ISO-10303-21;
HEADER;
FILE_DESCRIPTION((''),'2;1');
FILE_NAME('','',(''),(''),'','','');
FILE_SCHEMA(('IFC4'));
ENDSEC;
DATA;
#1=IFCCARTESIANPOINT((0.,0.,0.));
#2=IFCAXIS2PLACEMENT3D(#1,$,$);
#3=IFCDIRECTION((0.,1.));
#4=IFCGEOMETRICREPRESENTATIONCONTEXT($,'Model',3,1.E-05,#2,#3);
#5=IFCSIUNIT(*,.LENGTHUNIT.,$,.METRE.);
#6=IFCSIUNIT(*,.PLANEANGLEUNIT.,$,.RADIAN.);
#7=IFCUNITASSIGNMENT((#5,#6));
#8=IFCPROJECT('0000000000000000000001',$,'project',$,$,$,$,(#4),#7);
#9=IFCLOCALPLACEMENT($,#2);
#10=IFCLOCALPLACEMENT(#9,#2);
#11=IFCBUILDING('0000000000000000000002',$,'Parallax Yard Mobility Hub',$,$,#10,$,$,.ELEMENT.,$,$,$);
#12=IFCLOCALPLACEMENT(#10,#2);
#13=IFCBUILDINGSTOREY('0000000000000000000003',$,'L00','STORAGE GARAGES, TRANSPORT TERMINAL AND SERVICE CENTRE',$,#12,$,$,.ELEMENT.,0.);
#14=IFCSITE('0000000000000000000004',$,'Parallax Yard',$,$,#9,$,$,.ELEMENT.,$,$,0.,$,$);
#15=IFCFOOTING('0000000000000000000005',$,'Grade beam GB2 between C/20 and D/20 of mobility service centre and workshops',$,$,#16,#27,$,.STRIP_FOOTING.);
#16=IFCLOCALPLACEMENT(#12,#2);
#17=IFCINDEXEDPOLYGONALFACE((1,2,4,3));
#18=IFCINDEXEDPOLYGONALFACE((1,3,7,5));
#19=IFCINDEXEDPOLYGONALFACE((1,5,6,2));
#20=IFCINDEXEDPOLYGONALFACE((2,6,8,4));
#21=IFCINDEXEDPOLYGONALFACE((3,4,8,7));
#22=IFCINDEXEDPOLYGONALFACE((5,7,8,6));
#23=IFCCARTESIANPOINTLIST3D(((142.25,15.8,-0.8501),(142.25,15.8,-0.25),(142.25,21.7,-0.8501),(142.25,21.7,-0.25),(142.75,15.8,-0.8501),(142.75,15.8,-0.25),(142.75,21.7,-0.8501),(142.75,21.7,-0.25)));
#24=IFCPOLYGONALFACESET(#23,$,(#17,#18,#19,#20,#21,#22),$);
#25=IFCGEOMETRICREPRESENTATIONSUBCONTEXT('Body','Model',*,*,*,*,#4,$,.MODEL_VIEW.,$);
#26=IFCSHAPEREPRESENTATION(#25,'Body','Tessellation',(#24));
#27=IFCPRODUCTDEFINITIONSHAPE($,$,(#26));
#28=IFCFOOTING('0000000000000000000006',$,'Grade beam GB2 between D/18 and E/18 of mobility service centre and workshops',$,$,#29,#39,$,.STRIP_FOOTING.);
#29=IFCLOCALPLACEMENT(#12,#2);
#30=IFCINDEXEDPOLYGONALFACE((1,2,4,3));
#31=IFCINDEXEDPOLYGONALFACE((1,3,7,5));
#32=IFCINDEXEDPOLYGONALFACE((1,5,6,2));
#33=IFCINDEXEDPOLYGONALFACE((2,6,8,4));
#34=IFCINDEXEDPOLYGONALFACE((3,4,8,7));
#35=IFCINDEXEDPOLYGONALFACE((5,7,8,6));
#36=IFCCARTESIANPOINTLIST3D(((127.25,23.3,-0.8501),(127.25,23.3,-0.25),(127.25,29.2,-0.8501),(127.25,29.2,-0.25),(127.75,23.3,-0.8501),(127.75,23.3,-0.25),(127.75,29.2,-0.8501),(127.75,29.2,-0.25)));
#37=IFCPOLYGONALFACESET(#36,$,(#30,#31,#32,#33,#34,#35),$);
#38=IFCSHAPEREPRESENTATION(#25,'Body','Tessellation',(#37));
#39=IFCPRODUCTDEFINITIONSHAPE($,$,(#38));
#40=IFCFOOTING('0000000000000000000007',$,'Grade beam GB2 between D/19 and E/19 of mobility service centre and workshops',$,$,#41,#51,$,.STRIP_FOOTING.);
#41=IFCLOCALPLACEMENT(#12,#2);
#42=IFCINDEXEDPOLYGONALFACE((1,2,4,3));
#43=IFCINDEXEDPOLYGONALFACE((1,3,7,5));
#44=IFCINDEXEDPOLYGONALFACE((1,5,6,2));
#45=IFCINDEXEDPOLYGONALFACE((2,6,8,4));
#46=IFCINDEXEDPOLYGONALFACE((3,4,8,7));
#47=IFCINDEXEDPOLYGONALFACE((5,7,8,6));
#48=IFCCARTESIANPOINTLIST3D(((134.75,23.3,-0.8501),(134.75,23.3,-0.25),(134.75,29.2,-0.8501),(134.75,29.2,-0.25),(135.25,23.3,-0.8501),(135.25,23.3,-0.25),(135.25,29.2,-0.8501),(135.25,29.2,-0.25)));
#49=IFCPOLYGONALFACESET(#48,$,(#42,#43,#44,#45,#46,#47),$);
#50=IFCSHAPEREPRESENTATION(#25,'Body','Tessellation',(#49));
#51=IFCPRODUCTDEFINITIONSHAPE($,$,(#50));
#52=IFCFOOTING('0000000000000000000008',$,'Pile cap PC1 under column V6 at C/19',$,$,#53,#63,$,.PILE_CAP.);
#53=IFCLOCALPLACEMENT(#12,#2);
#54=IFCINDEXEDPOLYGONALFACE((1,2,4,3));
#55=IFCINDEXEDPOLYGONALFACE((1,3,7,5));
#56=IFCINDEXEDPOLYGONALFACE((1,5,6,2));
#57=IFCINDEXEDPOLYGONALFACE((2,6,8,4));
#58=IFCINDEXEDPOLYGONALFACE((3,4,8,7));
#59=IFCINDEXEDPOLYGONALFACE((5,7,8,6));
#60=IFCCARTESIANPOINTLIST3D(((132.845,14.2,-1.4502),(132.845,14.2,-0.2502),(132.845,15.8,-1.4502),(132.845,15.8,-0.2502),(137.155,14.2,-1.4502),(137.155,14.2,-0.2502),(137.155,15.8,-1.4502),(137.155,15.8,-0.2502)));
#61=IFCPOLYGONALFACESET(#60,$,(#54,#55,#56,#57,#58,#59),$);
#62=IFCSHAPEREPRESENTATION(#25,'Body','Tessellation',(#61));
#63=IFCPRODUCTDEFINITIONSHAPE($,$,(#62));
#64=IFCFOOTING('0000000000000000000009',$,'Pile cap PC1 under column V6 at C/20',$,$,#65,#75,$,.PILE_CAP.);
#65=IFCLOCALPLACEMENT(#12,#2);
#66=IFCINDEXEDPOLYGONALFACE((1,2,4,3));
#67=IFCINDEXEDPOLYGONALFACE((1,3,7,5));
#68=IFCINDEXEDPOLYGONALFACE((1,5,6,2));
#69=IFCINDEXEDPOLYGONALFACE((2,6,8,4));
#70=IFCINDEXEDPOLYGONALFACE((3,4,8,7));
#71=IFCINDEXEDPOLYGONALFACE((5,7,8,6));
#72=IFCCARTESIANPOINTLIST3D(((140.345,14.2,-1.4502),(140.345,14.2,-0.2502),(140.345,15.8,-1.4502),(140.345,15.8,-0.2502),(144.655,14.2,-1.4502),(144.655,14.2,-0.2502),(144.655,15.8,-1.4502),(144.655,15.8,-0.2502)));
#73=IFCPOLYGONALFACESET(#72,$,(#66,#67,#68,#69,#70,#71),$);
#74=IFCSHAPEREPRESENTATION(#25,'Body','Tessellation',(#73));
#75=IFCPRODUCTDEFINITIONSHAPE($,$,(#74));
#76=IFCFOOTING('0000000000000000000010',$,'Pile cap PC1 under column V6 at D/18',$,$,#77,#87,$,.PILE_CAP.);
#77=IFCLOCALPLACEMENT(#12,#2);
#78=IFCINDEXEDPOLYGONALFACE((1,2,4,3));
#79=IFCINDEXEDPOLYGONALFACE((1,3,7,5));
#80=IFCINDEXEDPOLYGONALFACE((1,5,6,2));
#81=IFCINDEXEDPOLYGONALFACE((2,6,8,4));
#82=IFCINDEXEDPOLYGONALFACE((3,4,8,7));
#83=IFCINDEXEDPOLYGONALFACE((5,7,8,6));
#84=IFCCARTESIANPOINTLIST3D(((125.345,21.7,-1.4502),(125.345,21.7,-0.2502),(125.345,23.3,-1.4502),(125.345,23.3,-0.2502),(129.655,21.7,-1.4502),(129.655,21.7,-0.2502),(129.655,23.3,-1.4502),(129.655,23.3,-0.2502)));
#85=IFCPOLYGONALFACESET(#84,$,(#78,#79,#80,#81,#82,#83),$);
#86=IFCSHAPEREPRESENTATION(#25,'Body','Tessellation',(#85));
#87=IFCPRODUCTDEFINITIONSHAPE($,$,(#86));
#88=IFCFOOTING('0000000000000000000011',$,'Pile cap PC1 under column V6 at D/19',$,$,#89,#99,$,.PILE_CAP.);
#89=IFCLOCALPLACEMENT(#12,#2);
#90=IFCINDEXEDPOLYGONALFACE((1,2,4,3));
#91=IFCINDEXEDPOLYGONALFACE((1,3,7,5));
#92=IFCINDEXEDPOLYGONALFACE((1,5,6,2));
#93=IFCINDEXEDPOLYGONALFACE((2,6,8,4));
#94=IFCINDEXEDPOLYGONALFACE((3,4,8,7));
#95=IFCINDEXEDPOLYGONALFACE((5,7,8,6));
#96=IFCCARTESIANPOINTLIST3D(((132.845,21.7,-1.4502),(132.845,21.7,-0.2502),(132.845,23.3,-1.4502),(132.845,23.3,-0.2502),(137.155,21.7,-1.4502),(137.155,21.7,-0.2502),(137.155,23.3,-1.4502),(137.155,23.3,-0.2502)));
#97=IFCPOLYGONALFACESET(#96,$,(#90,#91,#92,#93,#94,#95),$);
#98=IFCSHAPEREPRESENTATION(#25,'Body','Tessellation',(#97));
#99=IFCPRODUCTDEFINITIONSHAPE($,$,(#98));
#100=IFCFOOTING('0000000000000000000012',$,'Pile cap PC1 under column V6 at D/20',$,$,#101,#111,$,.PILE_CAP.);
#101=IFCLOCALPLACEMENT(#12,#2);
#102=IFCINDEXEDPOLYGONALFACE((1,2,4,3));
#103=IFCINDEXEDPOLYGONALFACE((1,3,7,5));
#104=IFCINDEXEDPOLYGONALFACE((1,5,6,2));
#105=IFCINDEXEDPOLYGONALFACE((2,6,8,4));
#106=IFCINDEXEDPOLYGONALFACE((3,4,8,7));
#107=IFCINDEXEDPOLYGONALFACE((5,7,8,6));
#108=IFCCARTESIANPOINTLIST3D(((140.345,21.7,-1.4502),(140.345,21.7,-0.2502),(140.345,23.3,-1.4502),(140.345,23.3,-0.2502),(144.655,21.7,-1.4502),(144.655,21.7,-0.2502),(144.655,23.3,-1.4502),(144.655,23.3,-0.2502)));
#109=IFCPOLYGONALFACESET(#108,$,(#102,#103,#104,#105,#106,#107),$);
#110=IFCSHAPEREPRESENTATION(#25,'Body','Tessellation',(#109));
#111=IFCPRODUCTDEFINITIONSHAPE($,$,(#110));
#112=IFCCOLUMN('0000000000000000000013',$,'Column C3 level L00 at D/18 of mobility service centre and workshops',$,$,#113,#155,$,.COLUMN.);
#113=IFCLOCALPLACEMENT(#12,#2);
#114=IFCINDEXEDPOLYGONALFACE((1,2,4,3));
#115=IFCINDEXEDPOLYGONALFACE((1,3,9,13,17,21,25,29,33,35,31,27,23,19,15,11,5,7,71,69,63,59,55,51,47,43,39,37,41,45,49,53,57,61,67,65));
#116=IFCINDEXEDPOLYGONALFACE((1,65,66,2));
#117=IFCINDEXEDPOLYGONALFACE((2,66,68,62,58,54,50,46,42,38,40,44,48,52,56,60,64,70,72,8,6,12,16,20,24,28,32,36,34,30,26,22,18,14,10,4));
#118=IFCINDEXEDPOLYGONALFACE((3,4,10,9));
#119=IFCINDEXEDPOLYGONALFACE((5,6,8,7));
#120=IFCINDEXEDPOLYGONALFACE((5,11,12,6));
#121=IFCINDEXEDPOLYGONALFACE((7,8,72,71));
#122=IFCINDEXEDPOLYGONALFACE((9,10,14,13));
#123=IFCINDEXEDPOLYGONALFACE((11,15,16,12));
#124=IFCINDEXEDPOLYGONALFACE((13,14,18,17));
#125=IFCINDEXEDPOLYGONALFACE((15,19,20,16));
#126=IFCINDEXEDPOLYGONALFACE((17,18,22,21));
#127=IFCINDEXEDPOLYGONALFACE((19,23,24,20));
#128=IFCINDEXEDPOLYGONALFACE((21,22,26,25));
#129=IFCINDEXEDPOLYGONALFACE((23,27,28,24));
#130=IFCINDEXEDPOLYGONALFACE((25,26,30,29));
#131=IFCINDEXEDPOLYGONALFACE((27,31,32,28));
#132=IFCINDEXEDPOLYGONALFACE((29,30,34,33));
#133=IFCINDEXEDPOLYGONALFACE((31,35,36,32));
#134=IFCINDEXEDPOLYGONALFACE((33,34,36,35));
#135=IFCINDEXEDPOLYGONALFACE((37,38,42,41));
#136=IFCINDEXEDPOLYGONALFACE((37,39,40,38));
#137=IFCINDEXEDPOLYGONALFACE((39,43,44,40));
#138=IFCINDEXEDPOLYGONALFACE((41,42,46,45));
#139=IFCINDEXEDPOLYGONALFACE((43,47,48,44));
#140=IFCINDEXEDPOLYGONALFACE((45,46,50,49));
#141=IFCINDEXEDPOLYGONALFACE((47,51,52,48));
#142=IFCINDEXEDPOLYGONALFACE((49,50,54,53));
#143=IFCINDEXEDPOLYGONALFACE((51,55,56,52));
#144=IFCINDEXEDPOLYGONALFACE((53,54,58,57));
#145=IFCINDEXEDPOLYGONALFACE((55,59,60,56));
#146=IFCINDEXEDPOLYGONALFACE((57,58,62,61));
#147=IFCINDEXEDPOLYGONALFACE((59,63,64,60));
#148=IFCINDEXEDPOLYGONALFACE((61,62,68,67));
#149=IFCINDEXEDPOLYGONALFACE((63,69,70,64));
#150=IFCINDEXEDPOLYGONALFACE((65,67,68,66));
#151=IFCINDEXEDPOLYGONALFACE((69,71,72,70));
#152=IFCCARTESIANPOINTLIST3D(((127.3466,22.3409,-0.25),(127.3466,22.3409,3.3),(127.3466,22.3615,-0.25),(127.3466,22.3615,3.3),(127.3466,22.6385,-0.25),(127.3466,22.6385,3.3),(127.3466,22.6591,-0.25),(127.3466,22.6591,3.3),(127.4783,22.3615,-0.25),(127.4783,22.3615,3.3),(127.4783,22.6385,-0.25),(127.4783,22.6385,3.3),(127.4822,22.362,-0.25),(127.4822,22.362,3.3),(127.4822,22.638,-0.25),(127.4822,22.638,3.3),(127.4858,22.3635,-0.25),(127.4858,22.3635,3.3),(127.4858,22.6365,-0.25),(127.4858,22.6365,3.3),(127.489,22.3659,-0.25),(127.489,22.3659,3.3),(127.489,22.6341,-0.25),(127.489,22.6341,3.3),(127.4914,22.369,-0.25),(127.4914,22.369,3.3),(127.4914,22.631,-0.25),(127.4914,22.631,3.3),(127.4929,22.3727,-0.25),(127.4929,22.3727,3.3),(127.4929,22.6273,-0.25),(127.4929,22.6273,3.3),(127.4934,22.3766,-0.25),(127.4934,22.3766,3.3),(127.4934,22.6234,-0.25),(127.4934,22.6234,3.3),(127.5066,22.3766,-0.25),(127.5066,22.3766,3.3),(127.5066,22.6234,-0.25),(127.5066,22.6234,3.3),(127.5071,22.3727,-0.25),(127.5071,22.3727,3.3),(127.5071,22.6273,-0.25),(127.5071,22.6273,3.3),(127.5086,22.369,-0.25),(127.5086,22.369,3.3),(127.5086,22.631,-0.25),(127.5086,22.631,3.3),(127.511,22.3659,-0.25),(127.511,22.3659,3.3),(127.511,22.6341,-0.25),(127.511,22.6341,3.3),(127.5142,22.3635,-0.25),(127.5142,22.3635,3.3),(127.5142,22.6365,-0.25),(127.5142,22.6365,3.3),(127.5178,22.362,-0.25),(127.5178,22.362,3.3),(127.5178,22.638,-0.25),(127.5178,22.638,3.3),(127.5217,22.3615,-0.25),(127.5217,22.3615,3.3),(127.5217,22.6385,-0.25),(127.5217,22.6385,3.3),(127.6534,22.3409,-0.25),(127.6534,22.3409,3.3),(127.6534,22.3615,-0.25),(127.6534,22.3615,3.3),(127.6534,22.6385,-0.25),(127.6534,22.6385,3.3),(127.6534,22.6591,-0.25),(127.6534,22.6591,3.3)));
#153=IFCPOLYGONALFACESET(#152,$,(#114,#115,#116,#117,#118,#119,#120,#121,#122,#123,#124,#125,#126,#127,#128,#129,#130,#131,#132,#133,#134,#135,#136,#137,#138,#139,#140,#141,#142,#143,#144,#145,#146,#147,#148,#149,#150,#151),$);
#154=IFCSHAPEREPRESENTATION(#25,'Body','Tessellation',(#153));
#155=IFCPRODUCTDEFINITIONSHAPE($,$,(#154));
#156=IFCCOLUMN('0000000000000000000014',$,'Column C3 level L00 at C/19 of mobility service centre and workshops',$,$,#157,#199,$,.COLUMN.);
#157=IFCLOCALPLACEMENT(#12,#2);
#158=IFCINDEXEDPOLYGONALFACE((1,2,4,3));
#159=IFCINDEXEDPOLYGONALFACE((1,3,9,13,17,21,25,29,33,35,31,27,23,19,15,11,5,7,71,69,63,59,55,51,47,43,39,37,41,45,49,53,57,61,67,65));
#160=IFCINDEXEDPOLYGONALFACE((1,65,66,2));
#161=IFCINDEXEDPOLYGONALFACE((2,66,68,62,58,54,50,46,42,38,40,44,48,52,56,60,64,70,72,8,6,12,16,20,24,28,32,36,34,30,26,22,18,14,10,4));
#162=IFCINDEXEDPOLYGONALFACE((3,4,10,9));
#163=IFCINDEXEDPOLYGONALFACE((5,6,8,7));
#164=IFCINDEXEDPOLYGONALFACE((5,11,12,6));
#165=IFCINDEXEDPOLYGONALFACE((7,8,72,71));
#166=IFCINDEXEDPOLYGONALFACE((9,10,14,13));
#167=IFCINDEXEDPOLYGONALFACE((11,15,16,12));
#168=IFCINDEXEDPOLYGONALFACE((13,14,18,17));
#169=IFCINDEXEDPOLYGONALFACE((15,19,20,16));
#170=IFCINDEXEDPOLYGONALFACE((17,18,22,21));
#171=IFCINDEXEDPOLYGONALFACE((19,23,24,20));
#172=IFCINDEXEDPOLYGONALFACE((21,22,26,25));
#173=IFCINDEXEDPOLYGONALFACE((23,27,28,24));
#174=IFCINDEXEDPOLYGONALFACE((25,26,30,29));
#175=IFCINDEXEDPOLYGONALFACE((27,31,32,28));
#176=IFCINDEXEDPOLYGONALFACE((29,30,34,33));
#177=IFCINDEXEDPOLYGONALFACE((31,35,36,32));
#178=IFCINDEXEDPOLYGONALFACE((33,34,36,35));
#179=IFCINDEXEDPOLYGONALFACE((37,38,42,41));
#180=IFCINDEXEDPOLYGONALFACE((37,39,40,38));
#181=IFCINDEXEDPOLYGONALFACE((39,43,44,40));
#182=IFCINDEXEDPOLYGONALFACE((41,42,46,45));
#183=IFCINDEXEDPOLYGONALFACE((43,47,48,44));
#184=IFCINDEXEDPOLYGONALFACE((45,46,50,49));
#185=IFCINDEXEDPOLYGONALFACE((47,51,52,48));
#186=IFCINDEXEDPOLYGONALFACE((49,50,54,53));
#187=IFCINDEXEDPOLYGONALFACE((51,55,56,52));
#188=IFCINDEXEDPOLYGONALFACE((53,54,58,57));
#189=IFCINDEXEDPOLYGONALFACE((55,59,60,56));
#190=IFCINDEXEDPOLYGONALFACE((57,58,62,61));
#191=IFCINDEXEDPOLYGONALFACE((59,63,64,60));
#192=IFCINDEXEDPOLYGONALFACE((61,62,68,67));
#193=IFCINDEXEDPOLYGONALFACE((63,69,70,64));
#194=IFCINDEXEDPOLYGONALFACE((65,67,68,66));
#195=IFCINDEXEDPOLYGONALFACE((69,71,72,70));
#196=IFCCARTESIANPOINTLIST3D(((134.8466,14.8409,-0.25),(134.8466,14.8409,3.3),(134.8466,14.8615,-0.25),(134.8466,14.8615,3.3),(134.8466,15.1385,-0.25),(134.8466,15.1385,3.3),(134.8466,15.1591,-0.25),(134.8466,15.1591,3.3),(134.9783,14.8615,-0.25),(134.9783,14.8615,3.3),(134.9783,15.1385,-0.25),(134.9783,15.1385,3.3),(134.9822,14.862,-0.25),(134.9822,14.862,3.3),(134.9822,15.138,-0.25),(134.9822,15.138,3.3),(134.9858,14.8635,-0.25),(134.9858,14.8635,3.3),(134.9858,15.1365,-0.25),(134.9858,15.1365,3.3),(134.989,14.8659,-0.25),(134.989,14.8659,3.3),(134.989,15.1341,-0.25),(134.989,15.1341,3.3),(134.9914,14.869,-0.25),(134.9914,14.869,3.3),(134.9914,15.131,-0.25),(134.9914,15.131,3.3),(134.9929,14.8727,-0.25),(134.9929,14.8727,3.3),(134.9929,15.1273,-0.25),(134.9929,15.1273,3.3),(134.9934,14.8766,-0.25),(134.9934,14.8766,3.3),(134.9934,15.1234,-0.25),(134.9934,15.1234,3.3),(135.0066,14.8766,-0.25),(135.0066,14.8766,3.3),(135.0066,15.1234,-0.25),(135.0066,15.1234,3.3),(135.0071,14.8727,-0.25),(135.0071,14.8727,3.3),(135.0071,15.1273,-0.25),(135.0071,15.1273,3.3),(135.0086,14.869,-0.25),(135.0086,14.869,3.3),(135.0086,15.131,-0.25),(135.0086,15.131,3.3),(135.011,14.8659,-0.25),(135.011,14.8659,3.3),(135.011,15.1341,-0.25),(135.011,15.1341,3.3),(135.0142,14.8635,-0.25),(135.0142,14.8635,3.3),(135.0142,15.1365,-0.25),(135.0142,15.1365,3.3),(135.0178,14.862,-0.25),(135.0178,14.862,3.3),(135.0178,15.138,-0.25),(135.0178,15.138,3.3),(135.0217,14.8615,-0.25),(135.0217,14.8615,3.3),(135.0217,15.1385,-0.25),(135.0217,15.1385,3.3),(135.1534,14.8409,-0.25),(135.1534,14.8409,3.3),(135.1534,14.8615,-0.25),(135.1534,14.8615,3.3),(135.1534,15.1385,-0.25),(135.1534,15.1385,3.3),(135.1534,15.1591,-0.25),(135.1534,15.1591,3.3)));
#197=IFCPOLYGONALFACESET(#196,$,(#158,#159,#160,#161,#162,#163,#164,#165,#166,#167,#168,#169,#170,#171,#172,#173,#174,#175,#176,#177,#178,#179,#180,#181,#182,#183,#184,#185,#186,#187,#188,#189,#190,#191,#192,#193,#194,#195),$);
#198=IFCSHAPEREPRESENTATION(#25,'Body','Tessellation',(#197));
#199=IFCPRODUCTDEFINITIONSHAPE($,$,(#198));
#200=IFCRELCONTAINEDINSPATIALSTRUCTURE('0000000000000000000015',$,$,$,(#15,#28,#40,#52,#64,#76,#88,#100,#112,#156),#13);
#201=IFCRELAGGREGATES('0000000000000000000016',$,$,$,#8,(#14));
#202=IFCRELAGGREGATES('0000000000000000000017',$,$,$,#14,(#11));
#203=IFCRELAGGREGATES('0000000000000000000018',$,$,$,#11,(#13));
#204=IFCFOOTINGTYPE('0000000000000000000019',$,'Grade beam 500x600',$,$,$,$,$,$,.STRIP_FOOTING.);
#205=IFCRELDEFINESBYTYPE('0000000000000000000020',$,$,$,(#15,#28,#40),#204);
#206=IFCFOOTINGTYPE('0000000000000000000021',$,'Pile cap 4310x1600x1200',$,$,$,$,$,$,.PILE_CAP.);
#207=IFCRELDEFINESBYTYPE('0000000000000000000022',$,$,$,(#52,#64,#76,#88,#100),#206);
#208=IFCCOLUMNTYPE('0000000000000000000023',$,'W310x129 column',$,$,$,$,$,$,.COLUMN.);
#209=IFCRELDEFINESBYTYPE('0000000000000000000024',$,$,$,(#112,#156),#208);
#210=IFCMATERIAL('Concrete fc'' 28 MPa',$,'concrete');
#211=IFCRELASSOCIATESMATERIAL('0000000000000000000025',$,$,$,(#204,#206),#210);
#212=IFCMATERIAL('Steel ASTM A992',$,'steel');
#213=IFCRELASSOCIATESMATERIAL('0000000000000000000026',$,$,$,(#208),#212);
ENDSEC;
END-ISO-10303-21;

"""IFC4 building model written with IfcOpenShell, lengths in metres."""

from ifc_helpers import new_model, si_unit, direction, frame, origin, origin_2d, place, context, subcontext, project, spatial, rectangle, i_section, extrude, material, material_profile, profile_set, type_object, element, save


model = new_model("IFC4")

# Units and contexts
model_context = context("Model", 3, precision=1e-05, world=origin(), true_north=direction((0.0, 1.0)))
body_context = subcontext(model_context, "Body", "Model", "MODEL_VIEW")
ifc_project = project(units=[si_unit("LENGTHUNIT", "METRE"), si_unit("PLANEANGLEUNIT", "RADIAN")], contexts=[model_context])

# Site, building, storey
site_placement = place(None, origin())
site = spatial("IfcSite", under=ifc_project, at=site_placement, Name="Parallax Yard", CompositionType="ELEMENT", RefElevation=0.0)
building_placement = place(site_placement, origin())
building = spatial("IfcBuilding", under=site, at=building_placement, Name="Parallax Yard Mobility Hub", CompositionType="ELEMENT")
storey_placement = place(building_placement, origin())
storey = spatial("IfcBuildingStorey", under=building, at=storey_placement, Name="L00", Description="STORAGE GARAGES, TRANSPORT TERMINAL AND SERVICE CENTRE", CompositionType="ELEMENT", Elevation=0.0)

# Shared definitions
ifc_material_1 = material(Name="Concrete fc' 28 MPa", Category="concrete")

# Footings
ifc_material_profile_1 = material_profile(ifc_material_1, rectangle(XDim=0.5, YDim=0.6001, at=origin_2d()), Name="Grade beam 500x600")
ifc_profile_set_1 = profile_set([ifc_material_profile_1], Name="Concrete fc' 28 MPa")
footing_type_1 = type_object("IfcFootingType", Name="Grade beam 500x600", PredefinedType="STRIP_FOOTING", material=ifc_profile_set_1)
for number, where, z_axis, x_axis, name in (
    (1, (142.5, 15.8, -0.55), (0.0, 1.0, 0.0), (-1.0, 0.0, 0.0), "Grade beam GB2 between C/20 and D/20 of mobility service centre and workshops"),
    (2, (127.5, 23.3, -0.55), (0.0, 1.0, 0.0), (-1.0, 0.0, 0.0), "Grade beam GB2 between D/18 and E/18 of mobility service centre and workshops"),
    (3, (135.0, 23.3, -0.55), (0.0, 1.0, 0.0), (-1.0, 0.0, 0.0), "Grade beam GB2 between D/19 and E/19 of mobility service centre and workshops"),
):
    element("IfcFooting", number, at=place(storey_placement, frame(where, z_axis=z_axis, x_axis=x_axis)), inside=storey, type_object=footing_type_1, Name=name, PredefinedType="STRIP_FOOTING", context=body_context, shape_type="SweptSolid", body=[
        extrude(rectangle(XDim=0.5, YDim=0.6001, at=origin_2d()), origin(), (0.0, 0.0, 1.0), 5.8999),
    ])
footing_type_2 = type_object("IfcFootingType", Name="Pile cap 4310x1600x1200", PredefinedType="PILE_CAP", material=ifc_material_1)
for number, where, z_axis, x_axis, name in (
    (4, (135.0, 15.0, -1.4502), (0.0, 0.0, 1.0), (1.0, 0.0, 0.0), "Pile cap PC1 under column V6 at C/19"),
    (5, (142.5, 15.0, -1.4502), (0.0, 0.0, 1.0), (1.0, 0.0, 0.0), "Pile cap PC1 under column V6 at C/20"),
    (6, (127.5, 22.5, -1.4502), (0.0, 0.0, 1.0), (1.0, 0.0, 0.0), "Pile cap PC1 under column V6 at D/18"),
    (7, (135.0, 22.5, -1.4502), (0.0, 0.0, 1.0), (1.0, 0.0, 0.0), "Pile cap PC1 under column V6 at D/19"),
    (8, (142.5, 22.5, -1.4502), (0.0, 0.0, 1.0), (1.0, 0.0, 0.0), "Pile cap PC1 under column V6 at D/20"),
):
    element("IfcFooting", number, at=place(storey_placement, frame(where, z_axis=z_axis, x_axis=x_axis)), inside=storey, type_object=footing_type_2, Name=name, PredefinedType="PILE_CAP", context=body_context, shape_type="SweptSolid", body=[
        extrude(rectangle(XDim=4.3101, YDim=1.6001, at=origin_2d()), origin(), (0.0, 0.0, 1.0), 1.2),
    ])

# Columns
ifc_material_2 = material(Name="Steel ASTM A992", Category="steel")
ifc_material_profile_2 = material_profile(ifc_material_2, i_section(OverallWidth=0.3069, OverallDepth=0.3181, WebThickness=0.0132, FlangeThickness=0.0205, FilletRadius=0.0151, at=origin_2d()), Name="W310x129")
ifc_profile_set_2 = profile_set([ifc_material_profile_2], Name="Steel ASTM A992")
column_type_1 = type_object("IfcColumnType", Name="W310x129 column", PredefinedType="COLUMN", material=ifc_profile_set_2)
for number, where, z_axis, x_axis, name in (
    (9, (127.5, 22.5, -0.25), (0.0, 0.0, 1.0), (1.0, 0.0, 0.0), "Column C3 level L00 at D/18 of mobility service centre and workshops"),
    (10, (135.0, 15.0, -0.25), (0.0, 0.0, 1.0), (1.0, 0.0, 0.0), "Column C3 level L00 at C/19 of mobility service centre and workshops"),
):
    element("IfcColumn", number, at=place(storey_placement, frame(where, z_axis=z_axis, x_axis=x_axis)), inside=storey, type_object=column_type_1, Name=name, PredefinedType="COLUMN", context=body_context, shape_type="SweptSolid", body=[
        extrude(i_section(OverallWidth=0.3069, OverallDepth=0.3181, WebThickness=0.0132, FlangeThickness=0.0205, FilletRadius=0.0151, at=origin_2d()), origin(), (0.0, 0.0, 1.0), 3.55),
    ])

save(model, "model.ifc")
